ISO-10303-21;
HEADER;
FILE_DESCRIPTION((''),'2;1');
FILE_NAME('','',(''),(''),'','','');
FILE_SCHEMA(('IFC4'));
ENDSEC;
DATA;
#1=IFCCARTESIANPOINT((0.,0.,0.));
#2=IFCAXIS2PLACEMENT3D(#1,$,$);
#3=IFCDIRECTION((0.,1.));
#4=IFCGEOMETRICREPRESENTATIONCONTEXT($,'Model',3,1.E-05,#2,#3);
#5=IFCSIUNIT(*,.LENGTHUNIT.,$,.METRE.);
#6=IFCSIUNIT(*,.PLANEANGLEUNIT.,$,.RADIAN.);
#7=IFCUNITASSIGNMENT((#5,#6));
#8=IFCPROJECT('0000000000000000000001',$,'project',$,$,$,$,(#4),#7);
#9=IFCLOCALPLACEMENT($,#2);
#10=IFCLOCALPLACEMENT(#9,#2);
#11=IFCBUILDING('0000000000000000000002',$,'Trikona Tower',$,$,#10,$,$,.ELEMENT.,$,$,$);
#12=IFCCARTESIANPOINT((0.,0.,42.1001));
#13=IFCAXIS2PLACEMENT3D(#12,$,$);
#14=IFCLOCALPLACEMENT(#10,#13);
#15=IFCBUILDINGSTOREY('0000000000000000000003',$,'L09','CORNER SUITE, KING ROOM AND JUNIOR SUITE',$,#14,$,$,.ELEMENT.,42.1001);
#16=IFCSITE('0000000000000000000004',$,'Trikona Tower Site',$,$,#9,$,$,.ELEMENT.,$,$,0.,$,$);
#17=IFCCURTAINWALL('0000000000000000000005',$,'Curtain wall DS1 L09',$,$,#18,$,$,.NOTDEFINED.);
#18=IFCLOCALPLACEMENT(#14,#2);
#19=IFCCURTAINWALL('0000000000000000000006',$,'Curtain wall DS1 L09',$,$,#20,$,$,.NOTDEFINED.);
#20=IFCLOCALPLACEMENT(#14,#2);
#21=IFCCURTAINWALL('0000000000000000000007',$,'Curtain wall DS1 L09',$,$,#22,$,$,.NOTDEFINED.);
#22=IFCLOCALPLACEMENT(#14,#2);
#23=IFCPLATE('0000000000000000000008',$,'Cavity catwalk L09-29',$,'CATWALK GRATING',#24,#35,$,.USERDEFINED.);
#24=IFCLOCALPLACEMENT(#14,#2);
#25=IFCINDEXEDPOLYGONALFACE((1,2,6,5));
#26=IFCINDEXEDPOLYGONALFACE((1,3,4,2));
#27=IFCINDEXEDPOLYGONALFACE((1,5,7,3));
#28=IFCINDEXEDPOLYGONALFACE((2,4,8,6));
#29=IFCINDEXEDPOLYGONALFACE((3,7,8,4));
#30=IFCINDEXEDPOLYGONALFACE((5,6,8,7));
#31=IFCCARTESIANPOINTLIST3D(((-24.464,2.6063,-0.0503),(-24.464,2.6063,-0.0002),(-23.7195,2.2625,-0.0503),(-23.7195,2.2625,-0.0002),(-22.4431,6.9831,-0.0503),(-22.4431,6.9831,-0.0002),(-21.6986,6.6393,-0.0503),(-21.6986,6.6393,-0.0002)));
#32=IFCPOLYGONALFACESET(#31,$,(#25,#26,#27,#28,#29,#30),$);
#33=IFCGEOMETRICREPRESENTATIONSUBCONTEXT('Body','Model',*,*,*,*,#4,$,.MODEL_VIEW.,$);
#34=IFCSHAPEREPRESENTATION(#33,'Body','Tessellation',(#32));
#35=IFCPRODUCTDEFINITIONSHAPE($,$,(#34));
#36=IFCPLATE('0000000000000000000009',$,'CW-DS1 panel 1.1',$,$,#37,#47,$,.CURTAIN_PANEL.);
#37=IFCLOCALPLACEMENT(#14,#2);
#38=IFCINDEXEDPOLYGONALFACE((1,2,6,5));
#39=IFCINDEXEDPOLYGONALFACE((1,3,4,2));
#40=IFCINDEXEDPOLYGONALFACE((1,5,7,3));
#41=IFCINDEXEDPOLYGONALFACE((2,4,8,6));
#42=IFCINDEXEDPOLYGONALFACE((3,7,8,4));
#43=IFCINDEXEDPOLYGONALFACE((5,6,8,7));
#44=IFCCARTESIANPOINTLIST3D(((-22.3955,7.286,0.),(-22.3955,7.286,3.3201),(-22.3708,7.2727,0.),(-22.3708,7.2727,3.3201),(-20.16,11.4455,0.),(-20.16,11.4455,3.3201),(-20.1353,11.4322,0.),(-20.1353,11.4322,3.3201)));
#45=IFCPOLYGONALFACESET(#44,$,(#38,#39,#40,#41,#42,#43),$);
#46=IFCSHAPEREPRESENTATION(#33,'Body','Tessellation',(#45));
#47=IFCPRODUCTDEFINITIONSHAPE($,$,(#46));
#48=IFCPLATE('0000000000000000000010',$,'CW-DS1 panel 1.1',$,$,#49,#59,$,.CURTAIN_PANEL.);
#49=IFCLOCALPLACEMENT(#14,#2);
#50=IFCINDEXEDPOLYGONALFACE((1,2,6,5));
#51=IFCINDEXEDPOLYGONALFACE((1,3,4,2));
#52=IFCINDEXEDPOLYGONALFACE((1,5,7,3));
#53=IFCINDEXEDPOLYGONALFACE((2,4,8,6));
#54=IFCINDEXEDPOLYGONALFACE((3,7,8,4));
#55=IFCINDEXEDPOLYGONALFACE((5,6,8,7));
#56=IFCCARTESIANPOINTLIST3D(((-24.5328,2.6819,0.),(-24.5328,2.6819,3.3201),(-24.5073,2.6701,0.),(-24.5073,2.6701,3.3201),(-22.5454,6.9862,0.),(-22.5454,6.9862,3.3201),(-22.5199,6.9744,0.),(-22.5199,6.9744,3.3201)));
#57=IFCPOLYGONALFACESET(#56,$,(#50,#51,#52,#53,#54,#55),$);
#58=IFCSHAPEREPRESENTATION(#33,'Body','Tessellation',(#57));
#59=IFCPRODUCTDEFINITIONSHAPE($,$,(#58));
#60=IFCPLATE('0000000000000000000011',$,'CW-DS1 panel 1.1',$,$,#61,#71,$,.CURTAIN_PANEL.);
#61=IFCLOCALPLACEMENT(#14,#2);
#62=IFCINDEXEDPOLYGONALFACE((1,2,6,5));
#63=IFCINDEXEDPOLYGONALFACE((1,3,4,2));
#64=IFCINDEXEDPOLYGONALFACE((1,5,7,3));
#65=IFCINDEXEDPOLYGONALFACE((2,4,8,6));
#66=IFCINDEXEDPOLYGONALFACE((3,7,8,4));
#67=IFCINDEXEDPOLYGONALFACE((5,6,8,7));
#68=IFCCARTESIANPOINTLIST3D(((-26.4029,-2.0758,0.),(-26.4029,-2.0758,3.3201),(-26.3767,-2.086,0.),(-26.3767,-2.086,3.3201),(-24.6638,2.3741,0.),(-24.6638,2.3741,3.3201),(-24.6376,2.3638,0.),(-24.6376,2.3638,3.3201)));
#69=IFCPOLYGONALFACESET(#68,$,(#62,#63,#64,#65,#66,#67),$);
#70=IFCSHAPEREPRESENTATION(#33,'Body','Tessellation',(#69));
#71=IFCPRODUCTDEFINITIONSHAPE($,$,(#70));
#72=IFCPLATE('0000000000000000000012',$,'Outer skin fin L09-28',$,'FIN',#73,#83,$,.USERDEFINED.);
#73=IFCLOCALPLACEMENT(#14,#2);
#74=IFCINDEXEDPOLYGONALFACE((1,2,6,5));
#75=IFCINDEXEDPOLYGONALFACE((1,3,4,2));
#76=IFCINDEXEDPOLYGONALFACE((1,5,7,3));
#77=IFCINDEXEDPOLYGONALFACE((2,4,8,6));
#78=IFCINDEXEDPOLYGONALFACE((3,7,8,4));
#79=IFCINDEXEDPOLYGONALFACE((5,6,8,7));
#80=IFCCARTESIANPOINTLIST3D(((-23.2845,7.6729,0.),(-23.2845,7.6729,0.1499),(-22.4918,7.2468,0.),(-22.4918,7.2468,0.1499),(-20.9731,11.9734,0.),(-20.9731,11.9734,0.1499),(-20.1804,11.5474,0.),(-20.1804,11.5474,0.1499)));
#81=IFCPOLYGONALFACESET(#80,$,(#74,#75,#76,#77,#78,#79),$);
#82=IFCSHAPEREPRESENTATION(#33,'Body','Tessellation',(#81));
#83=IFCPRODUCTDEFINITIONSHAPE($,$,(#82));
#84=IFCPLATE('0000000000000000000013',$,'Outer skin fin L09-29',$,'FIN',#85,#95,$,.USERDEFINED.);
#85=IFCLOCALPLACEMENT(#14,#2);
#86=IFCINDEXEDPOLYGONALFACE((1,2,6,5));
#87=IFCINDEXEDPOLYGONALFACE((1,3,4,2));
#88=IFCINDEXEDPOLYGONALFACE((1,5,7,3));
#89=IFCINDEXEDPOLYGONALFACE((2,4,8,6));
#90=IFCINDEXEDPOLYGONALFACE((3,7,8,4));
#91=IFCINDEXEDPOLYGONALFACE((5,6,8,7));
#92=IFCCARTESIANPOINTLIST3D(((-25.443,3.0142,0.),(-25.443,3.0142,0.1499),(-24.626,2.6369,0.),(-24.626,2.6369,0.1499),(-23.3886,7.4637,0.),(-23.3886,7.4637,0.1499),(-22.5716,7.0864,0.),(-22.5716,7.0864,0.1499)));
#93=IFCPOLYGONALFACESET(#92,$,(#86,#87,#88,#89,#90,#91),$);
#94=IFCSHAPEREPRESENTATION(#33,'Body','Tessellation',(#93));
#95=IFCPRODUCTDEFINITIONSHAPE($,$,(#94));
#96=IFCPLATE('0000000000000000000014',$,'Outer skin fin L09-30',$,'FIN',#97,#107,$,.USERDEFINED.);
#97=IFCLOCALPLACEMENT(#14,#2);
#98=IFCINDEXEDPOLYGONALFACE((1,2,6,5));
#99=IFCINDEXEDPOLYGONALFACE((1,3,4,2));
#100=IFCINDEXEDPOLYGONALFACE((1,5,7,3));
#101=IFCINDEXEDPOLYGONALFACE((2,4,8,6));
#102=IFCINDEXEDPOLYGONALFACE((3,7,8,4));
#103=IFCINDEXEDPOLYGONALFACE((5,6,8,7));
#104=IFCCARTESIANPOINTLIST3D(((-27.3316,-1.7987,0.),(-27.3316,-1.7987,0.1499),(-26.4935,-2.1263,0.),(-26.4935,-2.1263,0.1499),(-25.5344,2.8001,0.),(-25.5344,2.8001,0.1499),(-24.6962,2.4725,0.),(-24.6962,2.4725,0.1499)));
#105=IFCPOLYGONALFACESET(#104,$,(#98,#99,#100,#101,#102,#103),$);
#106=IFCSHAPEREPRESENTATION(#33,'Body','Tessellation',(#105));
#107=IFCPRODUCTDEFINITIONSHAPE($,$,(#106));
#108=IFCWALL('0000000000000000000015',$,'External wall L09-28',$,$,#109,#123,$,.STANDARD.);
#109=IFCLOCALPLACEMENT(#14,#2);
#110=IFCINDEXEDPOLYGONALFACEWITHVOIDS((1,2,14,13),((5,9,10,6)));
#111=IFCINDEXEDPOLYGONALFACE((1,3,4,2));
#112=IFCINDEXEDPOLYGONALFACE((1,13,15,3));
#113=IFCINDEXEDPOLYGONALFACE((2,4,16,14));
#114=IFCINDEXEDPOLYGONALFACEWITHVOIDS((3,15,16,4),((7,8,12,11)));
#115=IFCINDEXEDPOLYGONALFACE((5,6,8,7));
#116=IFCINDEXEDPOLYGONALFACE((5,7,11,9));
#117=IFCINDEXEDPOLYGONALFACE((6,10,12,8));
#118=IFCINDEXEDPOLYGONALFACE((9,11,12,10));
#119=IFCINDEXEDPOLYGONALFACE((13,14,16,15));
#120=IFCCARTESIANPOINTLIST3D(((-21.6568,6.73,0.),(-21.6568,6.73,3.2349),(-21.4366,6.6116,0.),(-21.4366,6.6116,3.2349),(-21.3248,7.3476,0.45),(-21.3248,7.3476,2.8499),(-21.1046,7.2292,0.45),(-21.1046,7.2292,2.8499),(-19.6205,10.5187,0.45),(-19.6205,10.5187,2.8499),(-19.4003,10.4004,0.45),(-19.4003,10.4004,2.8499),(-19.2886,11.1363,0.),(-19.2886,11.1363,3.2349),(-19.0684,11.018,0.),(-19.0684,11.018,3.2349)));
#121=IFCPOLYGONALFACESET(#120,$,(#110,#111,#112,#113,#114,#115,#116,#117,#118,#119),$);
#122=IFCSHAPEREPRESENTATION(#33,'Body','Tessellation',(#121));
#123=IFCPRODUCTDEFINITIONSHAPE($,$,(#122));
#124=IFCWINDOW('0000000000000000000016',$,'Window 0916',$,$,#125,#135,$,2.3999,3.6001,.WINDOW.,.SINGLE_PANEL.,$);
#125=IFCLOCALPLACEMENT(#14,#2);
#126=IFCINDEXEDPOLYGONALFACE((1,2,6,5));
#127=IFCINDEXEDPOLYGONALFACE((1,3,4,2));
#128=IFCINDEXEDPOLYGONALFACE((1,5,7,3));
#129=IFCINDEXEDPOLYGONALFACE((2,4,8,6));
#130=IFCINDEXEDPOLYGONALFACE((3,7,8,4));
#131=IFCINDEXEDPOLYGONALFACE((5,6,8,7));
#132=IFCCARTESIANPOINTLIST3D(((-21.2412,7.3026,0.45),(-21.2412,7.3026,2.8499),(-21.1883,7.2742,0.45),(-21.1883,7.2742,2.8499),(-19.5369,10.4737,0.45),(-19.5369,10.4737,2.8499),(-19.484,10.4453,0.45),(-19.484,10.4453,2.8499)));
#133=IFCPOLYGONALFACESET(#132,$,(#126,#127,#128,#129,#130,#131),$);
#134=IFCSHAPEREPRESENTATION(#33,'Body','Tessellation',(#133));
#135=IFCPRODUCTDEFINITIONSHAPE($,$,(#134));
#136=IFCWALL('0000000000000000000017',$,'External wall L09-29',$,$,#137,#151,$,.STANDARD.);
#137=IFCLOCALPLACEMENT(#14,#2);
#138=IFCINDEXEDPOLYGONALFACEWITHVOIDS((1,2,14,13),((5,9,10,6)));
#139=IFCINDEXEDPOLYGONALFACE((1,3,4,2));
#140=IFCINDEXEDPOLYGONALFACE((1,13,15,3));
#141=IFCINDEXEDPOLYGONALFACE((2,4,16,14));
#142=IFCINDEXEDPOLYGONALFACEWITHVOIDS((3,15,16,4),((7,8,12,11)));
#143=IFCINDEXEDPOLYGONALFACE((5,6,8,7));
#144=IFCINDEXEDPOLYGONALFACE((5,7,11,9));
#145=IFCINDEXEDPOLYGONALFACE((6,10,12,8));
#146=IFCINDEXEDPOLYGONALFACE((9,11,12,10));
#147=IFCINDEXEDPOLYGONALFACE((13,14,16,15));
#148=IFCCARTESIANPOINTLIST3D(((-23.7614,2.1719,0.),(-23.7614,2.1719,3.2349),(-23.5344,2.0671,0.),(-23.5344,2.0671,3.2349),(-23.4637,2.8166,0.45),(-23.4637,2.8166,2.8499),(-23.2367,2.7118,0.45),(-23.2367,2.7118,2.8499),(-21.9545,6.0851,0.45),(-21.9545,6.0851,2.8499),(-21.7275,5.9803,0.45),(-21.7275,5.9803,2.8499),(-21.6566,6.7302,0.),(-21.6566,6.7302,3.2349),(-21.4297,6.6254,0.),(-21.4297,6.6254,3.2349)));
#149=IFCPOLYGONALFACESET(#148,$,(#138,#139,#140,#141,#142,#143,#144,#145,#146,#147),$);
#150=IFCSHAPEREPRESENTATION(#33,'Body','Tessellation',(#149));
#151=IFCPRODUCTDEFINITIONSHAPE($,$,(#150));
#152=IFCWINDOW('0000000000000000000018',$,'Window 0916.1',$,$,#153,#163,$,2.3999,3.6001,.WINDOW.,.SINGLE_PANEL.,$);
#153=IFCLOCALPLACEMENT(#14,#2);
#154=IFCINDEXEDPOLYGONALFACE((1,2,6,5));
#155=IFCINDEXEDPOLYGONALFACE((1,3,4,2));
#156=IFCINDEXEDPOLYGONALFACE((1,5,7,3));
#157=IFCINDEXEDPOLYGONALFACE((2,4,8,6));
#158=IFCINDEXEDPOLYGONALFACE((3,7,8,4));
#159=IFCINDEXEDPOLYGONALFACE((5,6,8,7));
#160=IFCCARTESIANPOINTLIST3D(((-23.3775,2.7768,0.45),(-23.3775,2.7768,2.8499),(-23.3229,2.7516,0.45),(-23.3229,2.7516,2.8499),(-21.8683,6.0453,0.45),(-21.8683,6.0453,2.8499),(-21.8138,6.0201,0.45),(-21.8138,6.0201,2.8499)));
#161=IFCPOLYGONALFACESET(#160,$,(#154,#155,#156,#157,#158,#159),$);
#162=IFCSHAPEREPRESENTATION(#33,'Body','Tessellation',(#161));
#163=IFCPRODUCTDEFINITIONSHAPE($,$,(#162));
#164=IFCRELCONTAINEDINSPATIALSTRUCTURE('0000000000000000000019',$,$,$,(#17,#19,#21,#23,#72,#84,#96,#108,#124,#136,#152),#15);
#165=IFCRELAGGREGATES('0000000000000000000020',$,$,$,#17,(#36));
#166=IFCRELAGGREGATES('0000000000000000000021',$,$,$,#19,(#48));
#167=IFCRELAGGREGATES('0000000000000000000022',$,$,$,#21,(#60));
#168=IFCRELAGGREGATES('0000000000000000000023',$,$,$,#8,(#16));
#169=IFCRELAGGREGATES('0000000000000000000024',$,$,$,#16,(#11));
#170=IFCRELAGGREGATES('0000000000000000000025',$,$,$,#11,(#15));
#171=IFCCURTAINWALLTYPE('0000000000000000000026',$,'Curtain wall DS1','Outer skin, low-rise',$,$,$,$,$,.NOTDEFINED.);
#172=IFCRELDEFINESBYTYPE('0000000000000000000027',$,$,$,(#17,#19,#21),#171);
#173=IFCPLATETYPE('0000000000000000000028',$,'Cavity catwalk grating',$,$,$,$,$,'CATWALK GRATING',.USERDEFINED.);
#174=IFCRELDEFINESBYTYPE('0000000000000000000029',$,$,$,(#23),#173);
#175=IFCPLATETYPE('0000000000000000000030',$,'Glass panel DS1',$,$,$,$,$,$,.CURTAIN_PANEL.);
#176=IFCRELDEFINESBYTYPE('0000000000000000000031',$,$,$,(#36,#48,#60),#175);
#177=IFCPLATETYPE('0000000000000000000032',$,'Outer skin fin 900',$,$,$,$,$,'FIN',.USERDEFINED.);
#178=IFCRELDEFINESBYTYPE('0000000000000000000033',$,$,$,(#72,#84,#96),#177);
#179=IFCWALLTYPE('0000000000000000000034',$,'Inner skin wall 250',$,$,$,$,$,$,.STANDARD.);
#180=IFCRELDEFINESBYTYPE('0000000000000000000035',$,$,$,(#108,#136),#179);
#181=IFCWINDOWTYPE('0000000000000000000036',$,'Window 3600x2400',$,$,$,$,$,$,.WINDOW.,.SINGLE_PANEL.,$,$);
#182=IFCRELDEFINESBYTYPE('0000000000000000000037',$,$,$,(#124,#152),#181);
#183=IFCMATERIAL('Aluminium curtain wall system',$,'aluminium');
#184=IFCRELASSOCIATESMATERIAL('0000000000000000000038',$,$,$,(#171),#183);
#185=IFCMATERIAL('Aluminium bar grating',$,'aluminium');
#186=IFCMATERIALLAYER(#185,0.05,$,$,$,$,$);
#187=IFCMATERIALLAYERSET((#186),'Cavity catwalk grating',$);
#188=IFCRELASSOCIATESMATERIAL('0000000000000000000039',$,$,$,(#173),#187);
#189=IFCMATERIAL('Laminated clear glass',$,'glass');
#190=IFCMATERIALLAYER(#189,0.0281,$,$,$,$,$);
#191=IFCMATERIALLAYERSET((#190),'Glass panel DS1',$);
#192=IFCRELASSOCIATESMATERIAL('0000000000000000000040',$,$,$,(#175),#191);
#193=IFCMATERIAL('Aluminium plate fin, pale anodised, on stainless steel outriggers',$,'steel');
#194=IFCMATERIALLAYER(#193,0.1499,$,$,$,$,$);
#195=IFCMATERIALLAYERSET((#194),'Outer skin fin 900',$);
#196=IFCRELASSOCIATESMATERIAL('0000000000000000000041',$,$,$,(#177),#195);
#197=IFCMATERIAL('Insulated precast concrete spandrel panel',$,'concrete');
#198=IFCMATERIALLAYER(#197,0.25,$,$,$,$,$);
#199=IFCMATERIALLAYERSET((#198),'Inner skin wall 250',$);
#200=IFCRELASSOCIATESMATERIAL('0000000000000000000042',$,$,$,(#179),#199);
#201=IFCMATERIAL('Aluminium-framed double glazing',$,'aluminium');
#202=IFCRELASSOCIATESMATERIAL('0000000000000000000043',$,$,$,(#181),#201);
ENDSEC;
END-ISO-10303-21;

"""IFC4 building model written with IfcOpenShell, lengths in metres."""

from ifc_helpers import new_model, si_unit, direction, frame, frame_2d, origin, origin_2d, place, context, subcontext, project, spatial, rectangle, extrude, material, layer, layer_set, type_object, element, fill, aggregate, save


model = new_model("IFC4")

# Units and contexts
model_context = context("Model", 3, precision=1e-05, world=origin(), true_north=direction((0.0, 1.0)))
body_context = subcontext(model_context, "Body", "Model", "MODEL_VIEW")
ifc_project = project(units=[si_unit("LENGTHUNIT", "METRE"), si_unit("PLANEANGLEUNIT", "RADIAN")], contexts=[model_context])

# Site, building, storey
site_placement = place(None, origin())
site = spatial("IfcSite", under=ifc_project, at=site_placement, Name="Trikona Tower Site", CompositionType="ELEMENT", RefElevation=0.0)
building_placement = place(site_placement, origin())
building = spatial("IfcBuilding", under=site, at=building_placement, Name="Trikona Tower", CompositionType="ELEMENT")
storey_placement = place(building_placement, frame((0.0, 0.0, 42.1001)))
storey = spatial("IfcBuildingStorey", under=building, at=storey_placement, Name="L09", Description="CORNER SUITE, KING ROOM AND JUNIOR SUITE", CompositionType="ELEMENT", Elevation=42.1001)

# Shared definitions
ifc_material_1 = material(Name="Aluminium curtain wall system", Category="aluminium")
curtain_wall_type = type_object("IfcCurtainWallType", Name="Curtain wall DS1", Description="Outer skin, low-rise", PredefinedType="NOTDEFINED", material=ifc_material_1)

# Curtain walls
curtain_wall_1_placement = place(storey_placement, origin())
curtain_wall_1 = element("IfcCurtainWall", 1, at=curtain_wall_1_placement, inside=storey, type_object=curtain_wall_type, Name="Curtain wall DS1 L09", PredefinedType="NOTDEFINED")
curtain_wall_2_placement = place(storey_placement, origin())
curtain_wall_2 = element("IfcCurtainWall", 2, at=curtain_wall_2_placement, inside=storey, type_object=curtain_wall_type, Name="Curtain wall DS1 L09", PredefinedType="NOTDEFINED")

# Curtain wall
curtain_wall_3_placement = place(storey_placement, origin())
curtain_wall_3 = element("IfcCurtainWall", 3, at=curtain_wall_3_placement, inside=storey, type_object=curtain_wall_type, Name="Curtain wall DS1 L09", PredefinedType="NOTDEFINED")

# Plate
ifc_material_2 = material(Name="Aluminium bar grating", Category="aluminium")
ifc_layer_1 = layer(ifc_material_2, 0.05)
ifc_layer_set_1 = layer_set([ifc_layer_1], Name="Cavity catwalk grating")
plate_type_1 = type_object("IfcPlateType", Name="Cavity catwalk grating", ElementType="CATWALK GRATING", PredefinedType="USERDEFINED", material=ifc_layer_set_1)
plate_1_placement = place(storey_placement, frame((-23.0813, 4.6228, -0.0503), z_axis=(0.0, 0.0, 1.0), x_axis=(-0.419194, -0.907897, 0.0)))
element("IfcPlate", 4, at=plate_1_placement, inside=storey, type_object=plate_type_1, Name="Cavity catwalk L09-29", ObjectType="CATWALK GRATING", PredefinedType="USERDEFINED", context=body_context, shape_type="SweptSolid", body=[
    extrude(rectangle(XDim=4.8208, YDim=0.8201, at=origin_2d()), origin(), (0.0, 0.0, 1.0), 0.05),
])

# Plates
ifc_material_3 = material(Name="Laminated clear glass", Category="glass")
ifc_layer_2 = layer(ifc_material_3, 0.0281)
ifc_layer_set_2 = layer_set([ifc_layer_2], Name="Glass panel DS1")
plate_type_2 = type_object("IfcPlateType", Name="Glass panel DS1", PredefinedType="CURTAIN_PANEL", material=ifc_layer_set_2)
plate_2_placement = place(storey_placement, frame((-21.2654, 9.3591, 0.0), z_axis=(0.0, 0.0, 1.0), x_axis=(-0.473408, -0.880843, 0.0)))
plate_2 = element("IfcPlate", 5, at=plate_2_placement, type_object=plate_type_2, Name="CW-DS1 panel 1.1", PredefinedType="CURTAIN_PANEL", context=body_context, shape_type="SweptSolid", body=[
    extrude(rectangle(XDim=4.7222, YDim=0.0281, at=origin_2d()), origin(), (0.0, 0.0, 1.0), 3.3201),
])
aggregate(curtain_wall_1, [plate_2])
plate_3_placement = place(storey_placement, frame((-23.5264, 4.8281, 0.0), z_axis=(0.0, 0.0, 1.0), x_axis=(-0.41919, -0.907898, 0.0)))
plate_3 = element("IfcPlate", 6, at=plate_3_placement, type_object=plate_type_2, Name="CW-DS1 panel 1.1", PredefinedType="CURTAIN_PANEL", context=body_context, shape_type="SweptSolid", body=[
    extrude(rectangle(XDim=4.741, YDim=0.0281, at=origin_2d()), origin(), (0.0, 0.0, 1.0), 3.3201),
])
aggregate(curtain_wall_2, [plate_3])
plate_4_placement = place(storey_placement, frame((-25.5203, 0.144, 0.0), z_axis=(0.0, 0.0, 1.0), x_axis=(-0.364008, -0.931396, 0.0)))
plate_4 = element("IfcPlate", 7, at=plate_4_placement, type_object=plate_type_2, Name="CW-DS1 panel 1.1", PredefinedType="CURTAIN_PANEL", context=body_context, shape_type="SweptSolid", body=[
    extrude(rectangle(XDim=4.7776, YDim=0.0281, at=origin_2d()), origin(), (0.0, 0.0, 1.0), 3.3201),
])
aggregate(curtain_wall_3, [plate_4])

# Plates
ifc_material_4 = material(Name="Aluminium plate fin, pale anodised, on stainless steel outriggers", Category="steel")
ifc_layer_3 = layer(ifc_material_4, 0.1499)
ifc_layer_set_3 = layer_set([ifc_layer_3], Name="Outer skin fin 900")
plate_type_3 = type_object("IfcPlateType", Name="Outer skin fin 900", ElementType="FIN", PredefinedType="USERDEFINED", material=ifc_layer_set_3)
plate_5_placement = place(storey_placement, frame((-21.7324, 9.6101, 0.0), z_axis=(0.0, 0.0, 1.0), x_axis=(-0.473423, -0.880835, 0.0)))
element("IfcPlate", 8, at=plate_5_placement, inside=storey, type_object=plate_type_3, Name="Outer skin fin L09-28", ObjectType="FIN", PredefinedType="USERDEFINED", context=body_context, shape_type="SweptSolid", body=[
    extrude(rectangle(XDim=4.8823, YDim=0.8999, at=origin_2d()), origin(), (0.0, 0.0, 1.0), 0.1499),
])
plate_6_placement = place(storey_placement, frame((-24.0073, 5.0503, 0.0), z_axis=(0.0, 0.0, 1.0), x_axis=(-0.419194, -0.907897, 0.0)))
element("IfcPlate", 9, at=plate_6_placement, inside=storey, type_object=plate_type_3, Name="Outer skin fin L09-29", ObjectType="FIN", PredefinedType="USERDEFINED", context=body_context, shape_type="SweptSolid", body=[
    extrude(rectangle(XDim=4.9009, YDim=0.8999, at=origin_2d()), origin(), (0.0, 0.0, 1.0), 0.1499),
])
plate_7_placement = place(storey_placement, frame((-26.0139, 0.3369, 0.0), z_axis=(0.0, 0.0, 1.0), x_axis=(-0.364009, -0.931395, 0.0)))
element("IfcPlate", 10, at=plate_7_placement, inside=storey, type_object=plate_type_3, Name="Outer skin fin L09-30", ObjectType="FIN", PredefinedType="USERDEFINED", context=body_context, shape_type="SweptSolid", body=[
    extrude(rectangle(XDim=4.9375, YDim=0.8999, at=origin_2d()), origin(), (0.0, 0.0, 1.0), 0.1499),
])

# Walls, openings, windows
ifc_material_5 = material(Name="Insulated precast concrete spandrel panel", Category="concrete")
ifc_layer_4 = layer(ifc_material_5, 0.25)
ifc_layer_set_4 = layer_set([ifc_layer_4], Name="Inner skin wall 250")
wall_type = type_object("IfcWallType", Name="Inner skin wall 250", PredefinedType="STANDARD", material=ifc_layer_set_4)
wall_1_placement = place(storey_placement, frame((-19.1785, 11.0771, 0.0), z_axis=(0.0, 0.0, 1.0), x_axis=(-0.473413, -0.880841, 0.0)))
wall_1 = element("IfcWall", 11, at=wall_1_placement, inside=storey, type_object=wall_type, Name="External wall L09-28", PredefinedType="STANDARD", context=body_context, shape_type="SweptSolid", body=[
    extrude(rectangle(XDim=5.0024, YDim=0.25, at=frame_2d((2.5012, 0.0))), origin(), (0.0, 0.0, 1.0), 3.2349),
])
opening_1_placement = place(wall_1_placement, frame((0.7012, 0.0, 0.45)))
opening_1 = element("IfcOpeningElement", 12, at=opening_1_placement, cuts=wall_1, PredefinedType="OPENING", context=body_context, shape_type="SweptSolid", body=[
    extrude(rectangle(XDim=3.6001, YDim=2.3999, at=frame_2d((1.8, 1.2))), frame((0.0, 0.135, 0.0), z_axis=(0.0, -1.0, 0.0), x_axis=(1.0, 0.0, 0.0)), (0.0, 0.0, 1.0), 0.27),
])
ifc_material_6 = material(Name="Aluminium-framed double glazing", Category="aluminium")
window_type = type_object("IfcWindowType", Name="Window 3600x2400", PartitioningType="SINGLE_PANEL", PredefinedType="WINDOW", material=ifc_material_6)
window_1_placement = place(opening_1_placement, origin())
window_1 = element("IfcWindow", 13, at=window_1_placement, inside=storey, type_object=window_type, Name="Window 0916", OverallHeight=2.3999, OverallWidth=3.6001, PartitioningType="SINGLE_PANEL", PredefinedType="WINDOW", context=body_context, shape_type="SweptSolid", body=[
    extrude(rectangle(XDim=3.6001, YDim=2.3999, at=frame_2d((1.8, 1.2))), frame((0.0, 0.03, 0.0), z_axis=(0.0, -1.0, 0.0), x_axis=(1.0, 0.0, 0.0)), (0.0, 0.0, 1.0), 0.0601),
])
fill(opening_1, window_1)
wall_2_placement = place(storey_placement, frame((-21.5432, 6.6777, 0.0), z_axis=(0.0, 0.0, 1.0), x_axis=(-0.419203, -0.907892, 0.0)))
wall_2 = element("IfcWall", 14, at=wall_2_placement, inside=storey, type_object=wall_type, Name="External wall L09-29", PredefinedType="STANDARD", context=body_context, shape_type="SweptSolid", body=[
    extrude(rectangle(XDim=5.0208, YDim=0.25, at=frame_2d((2.5103, 0.0))), origin(), (0.0, 0.0, 1.0), 3.2349),
])
opening_2_placement = place(wall_2_placement, frame((0.7104, 0.0, 0.45)))
opening_2 = element("IfcOpeningElement", 15, at=opening_2_placement, cuts=wall_2, PredefinedType="OPENING", context=body_context, shape_type="SweptSolid", body=[
    extrude(rectangle(XDim=3.6001, YDim=2.3999, at=frame_2d((1.8, 1.2))), frame((0.0, 0.135, 0.0), z_axis=(0.0, -1.0, 0.0), x_axis=(1.0, 0.0, 0.0)), (0.0, 0.0, 1.0), 0.27),
])
window_2_placement = place(opening_2_placement, origin())
window_2 = element("IfcWindow", 16, at=window_2_placement, inside=storey, type_object=window_type, Name="Window 0916.1", OverallHeight=2.3999, OverallWidth=3.6001, PartitioningType="SINGLE_PANEL", PredefinedType="WINDOW", context=body_context, shape_type="SweptSolid", body=[
    extrude(rectangle(XDim=3.6001, YDim=2.3999, at=frame_2d((1.8, 1.2))), frame((0.0, 0.03, 0.0), z_axis=(0.0, -1.0, 0.0), x_axis=(1.0, 0.0, 0.0)), (0.0, 0.0, 1.0), 0.0601),
])
fill(opening_2, window_2)

save(model, "model.ifc")
